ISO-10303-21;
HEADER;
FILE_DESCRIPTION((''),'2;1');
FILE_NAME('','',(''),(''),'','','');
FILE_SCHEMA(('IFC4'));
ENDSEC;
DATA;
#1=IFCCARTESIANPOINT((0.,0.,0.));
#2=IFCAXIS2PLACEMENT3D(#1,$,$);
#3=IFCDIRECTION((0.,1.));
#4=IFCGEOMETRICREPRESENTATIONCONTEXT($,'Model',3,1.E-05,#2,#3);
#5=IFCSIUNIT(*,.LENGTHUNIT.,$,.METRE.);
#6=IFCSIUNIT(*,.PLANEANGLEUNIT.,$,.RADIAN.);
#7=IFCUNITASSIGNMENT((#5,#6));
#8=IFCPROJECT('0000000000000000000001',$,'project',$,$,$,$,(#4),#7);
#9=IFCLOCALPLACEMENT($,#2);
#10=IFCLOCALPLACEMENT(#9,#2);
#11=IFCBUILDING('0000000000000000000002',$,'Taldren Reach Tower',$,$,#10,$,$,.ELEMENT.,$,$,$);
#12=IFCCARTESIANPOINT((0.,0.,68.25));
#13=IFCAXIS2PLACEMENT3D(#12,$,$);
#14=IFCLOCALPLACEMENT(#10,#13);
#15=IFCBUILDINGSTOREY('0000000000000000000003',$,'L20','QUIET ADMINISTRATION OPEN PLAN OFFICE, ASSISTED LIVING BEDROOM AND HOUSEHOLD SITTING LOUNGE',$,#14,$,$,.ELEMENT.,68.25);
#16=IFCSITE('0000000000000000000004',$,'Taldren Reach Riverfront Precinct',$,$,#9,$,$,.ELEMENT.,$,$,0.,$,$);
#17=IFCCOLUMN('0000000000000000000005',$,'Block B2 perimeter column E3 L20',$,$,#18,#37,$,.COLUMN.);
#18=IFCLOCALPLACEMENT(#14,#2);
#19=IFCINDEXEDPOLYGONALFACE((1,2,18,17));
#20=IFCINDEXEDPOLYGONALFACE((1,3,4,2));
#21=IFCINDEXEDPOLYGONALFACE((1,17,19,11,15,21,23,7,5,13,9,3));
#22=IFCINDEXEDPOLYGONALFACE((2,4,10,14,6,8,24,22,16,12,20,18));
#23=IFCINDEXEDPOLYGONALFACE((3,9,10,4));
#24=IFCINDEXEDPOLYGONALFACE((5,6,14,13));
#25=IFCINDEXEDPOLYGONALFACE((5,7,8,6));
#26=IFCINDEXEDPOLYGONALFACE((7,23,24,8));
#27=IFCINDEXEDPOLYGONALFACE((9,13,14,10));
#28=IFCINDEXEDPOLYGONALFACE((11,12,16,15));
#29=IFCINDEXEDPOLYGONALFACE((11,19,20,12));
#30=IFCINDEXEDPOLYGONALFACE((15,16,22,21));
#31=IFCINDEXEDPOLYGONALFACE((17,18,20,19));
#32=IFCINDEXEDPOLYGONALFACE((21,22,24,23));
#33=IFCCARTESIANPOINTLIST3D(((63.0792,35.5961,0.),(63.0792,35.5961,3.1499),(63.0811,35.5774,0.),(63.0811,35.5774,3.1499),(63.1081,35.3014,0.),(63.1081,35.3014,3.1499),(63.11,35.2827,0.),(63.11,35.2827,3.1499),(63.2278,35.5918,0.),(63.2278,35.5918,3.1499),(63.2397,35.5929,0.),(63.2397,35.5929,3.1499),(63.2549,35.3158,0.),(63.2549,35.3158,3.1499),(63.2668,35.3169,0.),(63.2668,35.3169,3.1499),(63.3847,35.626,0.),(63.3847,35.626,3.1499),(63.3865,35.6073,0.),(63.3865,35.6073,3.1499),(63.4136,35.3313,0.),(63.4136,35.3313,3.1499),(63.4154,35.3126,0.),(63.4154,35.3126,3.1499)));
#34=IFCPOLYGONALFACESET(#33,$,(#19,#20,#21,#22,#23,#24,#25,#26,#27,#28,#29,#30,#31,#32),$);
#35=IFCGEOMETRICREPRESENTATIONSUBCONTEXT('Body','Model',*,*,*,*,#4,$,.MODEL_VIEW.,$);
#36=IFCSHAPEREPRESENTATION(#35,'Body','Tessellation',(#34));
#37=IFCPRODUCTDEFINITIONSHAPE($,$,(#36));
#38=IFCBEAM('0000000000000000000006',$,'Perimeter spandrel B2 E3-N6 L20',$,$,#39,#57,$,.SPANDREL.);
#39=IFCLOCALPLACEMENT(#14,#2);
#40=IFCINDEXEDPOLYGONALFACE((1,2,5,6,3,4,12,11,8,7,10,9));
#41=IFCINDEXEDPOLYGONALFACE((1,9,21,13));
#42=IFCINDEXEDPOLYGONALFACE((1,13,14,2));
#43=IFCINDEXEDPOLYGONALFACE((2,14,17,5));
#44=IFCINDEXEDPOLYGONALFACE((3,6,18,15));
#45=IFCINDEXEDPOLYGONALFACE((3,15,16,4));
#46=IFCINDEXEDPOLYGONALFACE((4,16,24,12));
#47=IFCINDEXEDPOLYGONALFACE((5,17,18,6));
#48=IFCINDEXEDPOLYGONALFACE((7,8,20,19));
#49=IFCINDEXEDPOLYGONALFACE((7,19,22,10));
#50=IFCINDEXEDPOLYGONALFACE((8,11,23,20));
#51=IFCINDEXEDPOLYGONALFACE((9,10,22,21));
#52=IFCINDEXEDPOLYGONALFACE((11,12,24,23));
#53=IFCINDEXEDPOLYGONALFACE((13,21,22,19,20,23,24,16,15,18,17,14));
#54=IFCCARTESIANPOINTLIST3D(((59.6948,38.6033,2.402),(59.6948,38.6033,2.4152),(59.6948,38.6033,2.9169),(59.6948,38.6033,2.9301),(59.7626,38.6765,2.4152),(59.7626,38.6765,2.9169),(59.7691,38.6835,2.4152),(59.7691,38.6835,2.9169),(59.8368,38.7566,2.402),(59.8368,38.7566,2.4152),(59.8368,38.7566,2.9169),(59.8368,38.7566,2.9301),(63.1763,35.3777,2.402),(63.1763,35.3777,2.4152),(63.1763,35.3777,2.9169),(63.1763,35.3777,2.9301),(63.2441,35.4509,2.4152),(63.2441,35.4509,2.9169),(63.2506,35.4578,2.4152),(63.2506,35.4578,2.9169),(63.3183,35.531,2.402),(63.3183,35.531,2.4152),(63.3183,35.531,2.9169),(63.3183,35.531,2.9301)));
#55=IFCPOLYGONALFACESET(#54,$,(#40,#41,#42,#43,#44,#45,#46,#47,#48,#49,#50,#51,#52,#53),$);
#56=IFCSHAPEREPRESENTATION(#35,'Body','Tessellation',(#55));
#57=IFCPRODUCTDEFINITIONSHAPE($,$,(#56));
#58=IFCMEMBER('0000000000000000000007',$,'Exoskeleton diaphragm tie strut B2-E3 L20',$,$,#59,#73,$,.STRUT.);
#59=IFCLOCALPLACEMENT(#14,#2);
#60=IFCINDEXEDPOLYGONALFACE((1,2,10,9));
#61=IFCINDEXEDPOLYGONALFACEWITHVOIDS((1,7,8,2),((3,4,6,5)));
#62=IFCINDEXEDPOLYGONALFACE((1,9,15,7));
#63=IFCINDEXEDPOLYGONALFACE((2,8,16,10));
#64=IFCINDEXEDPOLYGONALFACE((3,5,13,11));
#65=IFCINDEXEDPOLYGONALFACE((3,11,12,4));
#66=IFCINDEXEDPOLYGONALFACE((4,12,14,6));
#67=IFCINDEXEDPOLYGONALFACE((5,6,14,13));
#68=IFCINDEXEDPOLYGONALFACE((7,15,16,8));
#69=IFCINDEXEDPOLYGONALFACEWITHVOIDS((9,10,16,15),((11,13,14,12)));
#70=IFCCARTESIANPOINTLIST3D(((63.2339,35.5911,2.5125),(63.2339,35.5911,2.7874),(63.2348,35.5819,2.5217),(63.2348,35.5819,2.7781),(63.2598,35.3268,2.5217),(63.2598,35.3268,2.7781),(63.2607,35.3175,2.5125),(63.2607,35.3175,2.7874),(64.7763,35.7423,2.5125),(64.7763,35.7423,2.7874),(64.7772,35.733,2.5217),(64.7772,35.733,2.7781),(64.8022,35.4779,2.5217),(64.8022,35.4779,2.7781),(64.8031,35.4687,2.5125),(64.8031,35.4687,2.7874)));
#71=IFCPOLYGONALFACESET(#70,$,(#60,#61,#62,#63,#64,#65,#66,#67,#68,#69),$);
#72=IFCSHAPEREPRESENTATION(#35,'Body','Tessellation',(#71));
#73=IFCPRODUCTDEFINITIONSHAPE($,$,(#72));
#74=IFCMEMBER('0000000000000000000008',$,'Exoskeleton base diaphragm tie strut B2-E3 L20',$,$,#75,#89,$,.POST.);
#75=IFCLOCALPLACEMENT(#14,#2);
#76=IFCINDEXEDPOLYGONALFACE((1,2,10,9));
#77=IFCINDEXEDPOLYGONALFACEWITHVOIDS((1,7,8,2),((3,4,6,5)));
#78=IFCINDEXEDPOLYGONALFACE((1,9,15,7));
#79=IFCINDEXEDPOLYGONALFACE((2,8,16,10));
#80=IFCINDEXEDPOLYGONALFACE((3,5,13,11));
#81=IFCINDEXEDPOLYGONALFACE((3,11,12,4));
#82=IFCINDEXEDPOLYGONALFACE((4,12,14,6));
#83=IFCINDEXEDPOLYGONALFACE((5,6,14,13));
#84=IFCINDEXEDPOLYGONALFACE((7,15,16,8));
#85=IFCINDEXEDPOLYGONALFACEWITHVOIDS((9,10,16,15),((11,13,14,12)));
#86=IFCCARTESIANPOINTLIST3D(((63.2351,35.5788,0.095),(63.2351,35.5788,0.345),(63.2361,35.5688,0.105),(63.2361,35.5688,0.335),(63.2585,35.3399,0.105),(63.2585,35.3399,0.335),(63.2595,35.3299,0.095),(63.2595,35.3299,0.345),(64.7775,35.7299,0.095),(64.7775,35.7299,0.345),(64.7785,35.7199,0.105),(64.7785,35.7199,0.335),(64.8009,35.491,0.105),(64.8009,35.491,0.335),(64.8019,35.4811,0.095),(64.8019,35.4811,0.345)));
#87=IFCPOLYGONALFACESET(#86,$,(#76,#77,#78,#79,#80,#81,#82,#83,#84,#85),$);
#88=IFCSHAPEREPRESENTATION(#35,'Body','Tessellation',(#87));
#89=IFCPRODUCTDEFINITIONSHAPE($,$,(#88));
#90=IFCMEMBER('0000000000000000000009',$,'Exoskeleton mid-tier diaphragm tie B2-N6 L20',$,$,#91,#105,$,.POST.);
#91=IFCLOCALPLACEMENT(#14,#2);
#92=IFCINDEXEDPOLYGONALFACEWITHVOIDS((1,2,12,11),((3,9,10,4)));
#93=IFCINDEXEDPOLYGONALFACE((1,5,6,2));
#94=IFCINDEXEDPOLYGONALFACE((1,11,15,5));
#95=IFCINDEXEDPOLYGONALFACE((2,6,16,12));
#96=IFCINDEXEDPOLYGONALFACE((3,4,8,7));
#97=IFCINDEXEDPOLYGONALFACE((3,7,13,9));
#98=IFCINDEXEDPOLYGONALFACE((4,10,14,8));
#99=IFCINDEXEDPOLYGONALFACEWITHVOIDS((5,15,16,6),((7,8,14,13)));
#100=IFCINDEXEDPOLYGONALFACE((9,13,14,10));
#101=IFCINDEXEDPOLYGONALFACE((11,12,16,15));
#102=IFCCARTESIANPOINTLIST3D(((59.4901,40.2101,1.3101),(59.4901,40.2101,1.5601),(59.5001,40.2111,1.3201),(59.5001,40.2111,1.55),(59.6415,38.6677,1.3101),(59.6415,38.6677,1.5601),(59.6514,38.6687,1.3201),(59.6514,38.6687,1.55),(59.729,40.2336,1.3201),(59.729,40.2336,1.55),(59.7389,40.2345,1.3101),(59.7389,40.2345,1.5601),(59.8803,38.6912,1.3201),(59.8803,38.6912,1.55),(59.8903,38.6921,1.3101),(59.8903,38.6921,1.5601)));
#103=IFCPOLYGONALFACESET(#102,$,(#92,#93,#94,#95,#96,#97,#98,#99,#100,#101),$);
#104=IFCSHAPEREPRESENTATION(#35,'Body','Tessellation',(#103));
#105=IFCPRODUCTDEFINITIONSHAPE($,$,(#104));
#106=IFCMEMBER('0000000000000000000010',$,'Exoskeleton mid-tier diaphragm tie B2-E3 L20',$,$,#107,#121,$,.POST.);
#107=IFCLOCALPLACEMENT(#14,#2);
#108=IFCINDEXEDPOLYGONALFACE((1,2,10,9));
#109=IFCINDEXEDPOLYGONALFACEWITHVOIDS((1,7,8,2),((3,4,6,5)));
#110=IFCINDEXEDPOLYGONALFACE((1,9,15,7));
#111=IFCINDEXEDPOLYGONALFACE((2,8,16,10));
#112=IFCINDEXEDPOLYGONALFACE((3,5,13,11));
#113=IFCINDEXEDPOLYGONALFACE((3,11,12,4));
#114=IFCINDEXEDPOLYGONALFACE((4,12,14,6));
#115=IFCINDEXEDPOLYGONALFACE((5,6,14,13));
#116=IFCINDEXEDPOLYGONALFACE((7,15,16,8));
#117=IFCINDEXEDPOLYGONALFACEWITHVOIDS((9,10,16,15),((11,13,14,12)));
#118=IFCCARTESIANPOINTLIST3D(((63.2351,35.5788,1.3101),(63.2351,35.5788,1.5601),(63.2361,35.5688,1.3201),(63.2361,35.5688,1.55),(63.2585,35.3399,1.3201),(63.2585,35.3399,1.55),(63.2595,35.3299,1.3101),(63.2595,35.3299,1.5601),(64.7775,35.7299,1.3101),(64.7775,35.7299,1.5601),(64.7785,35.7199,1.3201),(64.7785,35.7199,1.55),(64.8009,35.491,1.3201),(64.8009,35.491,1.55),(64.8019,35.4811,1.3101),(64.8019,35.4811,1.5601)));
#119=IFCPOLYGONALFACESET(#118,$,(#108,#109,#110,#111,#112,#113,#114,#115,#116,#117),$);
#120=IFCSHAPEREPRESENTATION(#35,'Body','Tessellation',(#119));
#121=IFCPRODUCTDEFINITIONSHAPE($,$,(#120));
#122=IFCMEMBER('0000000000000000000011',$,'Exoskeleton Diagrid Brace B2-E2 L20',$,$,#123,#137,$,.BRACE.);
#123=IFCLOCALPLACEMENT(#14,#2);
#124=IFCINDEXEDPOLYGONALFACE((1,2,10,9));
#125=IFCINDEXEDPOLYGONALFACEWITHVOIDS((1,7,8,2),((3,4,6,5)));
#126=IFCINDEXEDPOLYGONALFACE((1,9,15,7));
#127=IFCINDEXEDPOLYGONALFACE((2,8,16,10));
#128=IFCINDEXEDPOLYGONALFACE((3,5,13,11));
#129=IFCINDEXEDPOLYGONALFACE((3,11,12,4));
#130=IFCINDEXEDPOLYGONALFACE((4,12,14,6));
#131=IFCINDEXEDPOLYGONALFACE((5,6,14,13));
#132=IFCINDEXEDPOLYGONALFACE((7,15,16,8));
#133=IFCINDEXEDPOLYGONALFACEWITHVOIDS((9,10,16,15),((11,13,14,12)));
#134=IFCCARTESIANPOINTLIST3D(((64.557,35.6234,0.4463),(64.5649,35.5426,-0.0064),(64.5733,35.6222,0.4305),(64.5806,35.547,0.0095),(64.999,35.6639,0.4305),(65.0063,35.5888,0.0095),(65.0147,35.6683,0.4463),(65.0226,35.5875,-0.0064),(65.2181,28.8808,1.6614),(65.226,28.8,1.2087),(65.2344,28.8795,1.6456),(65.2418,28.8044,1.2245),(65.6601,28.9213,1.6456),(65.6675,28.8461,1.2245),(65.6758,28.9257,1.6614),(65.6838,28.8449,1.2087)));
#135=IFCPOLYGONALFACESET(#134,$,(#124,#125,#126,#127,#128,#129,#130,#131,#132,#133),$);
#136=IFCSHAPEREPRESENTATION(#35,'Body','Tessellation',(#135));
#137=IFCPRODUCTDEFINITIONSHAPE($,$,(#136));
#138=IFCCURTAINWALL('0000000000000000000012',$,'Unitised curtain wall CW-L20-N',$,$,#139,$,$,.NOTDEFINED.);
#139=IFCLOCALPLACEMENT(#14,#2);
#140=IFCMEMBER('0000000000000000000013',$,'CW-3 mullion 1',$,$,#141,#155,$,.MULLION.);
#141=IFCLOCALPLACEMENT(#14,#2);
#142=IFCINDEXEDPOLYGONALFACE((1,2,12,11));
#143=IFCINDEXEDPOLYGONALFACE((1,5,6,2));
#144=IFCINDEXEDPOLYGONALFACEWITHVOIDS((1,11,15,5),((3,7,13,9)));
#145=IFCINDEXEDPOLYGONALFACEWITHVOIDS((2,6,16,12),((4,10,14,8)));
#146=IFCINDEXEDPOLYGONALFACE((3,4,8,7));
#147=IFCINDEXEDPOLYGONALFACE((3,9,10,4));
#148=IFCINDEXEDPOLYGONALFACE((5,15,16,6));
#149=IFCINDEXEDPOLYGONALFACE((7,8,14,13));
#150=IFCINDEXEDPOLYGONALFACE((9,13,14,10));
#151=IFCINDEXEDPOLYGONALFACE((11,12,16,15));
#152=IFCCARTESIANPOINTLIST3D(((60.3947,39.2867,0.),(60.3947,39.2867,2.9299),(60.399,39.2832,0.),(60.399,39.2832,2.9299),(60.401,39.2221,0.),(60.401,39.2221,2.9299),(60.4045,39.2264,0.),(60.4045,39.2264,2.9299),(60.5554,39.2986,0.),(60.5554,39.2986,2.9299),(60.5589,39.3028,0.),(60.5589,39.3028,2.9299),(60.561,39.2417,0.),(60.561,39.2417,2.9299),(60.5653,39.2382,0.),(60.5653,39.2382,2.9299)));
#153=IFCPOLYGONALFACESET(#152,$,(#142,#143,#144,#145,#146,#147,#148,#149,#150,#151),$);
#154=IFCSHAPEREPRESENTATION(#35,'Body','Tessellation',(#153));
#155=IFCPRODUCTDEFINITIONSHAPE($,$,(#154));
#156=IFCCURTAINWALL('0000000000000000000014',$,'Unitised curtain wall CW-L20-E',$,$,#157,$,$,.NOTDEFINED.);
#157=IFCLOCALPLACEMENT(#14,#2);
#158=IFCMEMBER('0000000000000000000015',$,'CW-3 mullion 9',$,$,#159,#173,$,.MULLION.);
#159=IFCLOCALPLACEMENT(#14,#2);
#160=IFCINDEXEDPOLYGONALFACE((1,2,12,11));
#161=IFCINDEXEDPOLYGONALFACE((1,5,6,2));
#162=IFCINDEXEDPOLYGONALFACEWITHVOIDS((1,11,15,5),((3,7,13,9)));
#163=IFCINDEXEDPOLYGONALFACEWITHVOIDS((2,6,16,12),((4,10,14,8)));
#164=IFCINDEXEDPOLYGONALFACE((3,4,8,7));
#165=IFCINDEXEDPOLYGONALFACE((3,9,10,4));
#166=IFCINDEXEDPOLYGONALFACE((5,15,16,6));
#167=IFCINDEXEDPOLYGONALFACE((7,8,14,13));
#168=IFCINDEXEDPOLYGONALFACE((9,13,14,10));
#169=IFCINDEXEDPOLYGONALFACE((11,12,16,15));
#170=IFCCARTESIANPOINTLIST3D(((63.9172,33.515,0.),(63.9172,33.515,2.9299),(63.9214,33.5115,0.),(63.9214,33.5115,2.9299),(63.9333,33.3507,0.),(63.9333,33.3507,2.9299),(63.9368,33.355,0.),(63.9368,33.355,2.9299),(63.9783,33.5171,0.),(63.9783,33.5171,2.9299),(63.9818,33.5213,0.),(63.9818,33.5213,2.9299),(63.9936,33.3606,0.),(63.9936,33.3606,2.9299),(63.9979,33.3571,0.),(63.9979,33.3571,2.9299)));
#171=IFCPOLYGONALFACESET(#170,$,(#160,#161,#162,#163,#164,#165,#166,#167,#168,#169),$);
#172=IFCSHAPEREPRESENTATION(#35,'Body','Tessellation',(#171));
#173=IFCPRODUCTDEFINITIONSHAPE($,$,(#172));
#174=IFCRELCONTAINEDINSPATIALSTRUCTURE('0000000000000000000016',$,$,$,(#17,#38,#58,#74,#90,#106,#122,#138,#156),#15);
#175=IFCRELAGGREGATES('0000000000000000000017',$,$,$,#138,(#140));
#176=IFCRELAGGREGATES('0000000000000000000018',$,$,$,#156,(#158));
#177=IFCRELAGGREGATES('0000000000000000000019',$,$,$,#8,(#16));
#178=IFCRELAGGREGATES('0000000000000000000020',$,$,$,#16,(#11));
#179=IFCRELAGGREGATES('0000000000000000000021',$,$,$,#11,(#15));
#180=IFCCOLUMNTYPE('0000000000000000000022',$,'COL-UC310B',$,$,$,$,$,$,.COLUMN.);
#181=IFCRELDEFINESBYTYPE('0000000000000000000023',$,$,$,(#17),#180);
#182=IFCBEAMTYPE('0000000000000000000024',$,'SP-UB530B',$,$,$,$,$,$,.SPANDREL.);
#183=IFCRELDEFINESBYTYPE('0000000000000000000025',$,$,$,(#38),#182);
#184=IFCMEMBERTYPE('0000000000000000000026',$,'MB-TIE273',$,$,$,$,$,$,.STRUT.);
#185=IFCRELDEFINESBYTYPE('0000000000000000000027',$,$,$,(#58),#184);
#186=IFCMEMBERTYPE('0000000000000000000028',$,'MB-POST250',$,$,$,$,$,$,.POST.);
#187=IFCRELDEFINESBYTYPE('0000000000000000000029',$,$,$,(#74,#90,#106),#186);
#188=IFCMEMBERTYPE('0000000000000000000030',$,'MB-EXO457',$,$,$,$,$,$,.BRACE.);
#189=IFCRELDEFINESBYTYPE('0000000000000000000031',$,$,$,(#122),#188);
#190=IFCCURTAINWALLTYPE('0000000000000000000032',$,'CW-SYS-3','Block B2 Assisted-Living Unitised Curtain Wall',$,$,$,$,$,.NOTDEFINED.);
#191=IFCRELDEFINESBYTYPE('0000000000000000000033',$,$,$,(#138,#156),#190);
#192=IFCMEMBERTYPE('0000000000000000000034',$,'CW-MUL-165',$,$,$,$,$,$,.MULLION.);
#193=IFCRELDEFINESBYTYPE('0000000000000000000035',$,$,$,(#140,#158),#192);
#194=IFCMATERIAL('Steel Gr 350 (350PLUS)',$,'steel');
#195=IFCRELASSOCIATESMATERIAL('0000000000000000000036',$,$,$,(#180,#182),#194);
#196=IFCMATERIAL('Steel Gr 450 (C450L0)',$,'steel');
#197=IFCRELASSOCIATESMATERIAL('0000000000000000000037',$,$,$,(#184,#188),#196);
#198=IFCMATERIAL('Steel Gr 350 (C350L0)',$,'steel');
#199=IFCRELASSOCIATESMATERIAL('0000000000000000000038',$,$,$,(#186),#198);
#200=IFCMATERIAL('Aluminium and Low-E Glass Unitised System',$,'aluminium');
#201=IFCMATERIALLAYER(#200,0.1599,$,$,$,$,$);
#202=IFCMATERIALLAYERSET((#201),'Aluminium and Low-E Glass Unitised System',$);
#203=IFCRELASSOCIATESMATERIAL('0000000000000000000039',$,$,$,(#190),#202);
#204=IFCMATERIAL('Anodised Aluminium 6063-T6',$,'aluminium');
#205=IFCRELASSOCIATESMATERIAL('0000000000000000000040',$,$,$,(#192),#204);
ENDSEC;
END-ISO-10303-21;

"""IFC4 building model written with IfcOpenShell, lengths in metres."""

from ifc_helpers import new_model, si_unit, direction, frame, origin, origin_2d, place, context, subcontext, project, spatial, hollow_rectangle, i_section, extrude, source, transform, mapped, material, layer, layer_set, material_profile, profile_set, type_object, element, aggregate, save


model = new_model("IFC4")

# Units and contexts
model_context = context("Model", 3, precision=1e-05, world=origin(), true_north=direction((0.0, 1.0)))
body_context = subcontext(model_context, "Body", "Model", "MODEL_VIEW")
ifc_project = project(units=[si_unit("LENGTHUNIT", "METRE"), si_unit("PLANEANGLEUNIT", "RADIAN")], contexts=[model_context])

# Site, building, storey
site_placement = place(None, origin())
site = spatial("IfcSite", under=ifc_project, at=site_placement, Name="Taldren Reach Riverfront Precinct", CompositionType="ELEMENT", RefElevation=0.0)
building_placement = place(site_placement, origin())
building = spatial("IfcBuilding", under=site, at=building_placement, Name="Taldren Reach Tower", CompositionType="ELEMENT")
storey_placement = place(building_placement, frame((0.0, 0.0, 68.25)))
storey = spatial("IfcBuildingStorey", under=building, at=storey_placement, Name="L20", Description="QUIET ADMINISTRATION OPEN PLAN OFFICE, ASSISTED LIVING BEDROOM AND HOUSEHOLD SITTING LOUNGE", CompositionType="ELEMENT", Elevation=68.25)

# Column
ifc_material_1 = material(Name="Steel Gr 350 (350PLUS)", Category="steel")
ifc_material_profile_1 = material_profile(ifc_material_1, i_section(OverallWidth=0.3069, OverallDepth=0.3149, WebThickness=0.012, FlangeThickness=0.0188, at=origin_2d()), Name="310UC118")
ifc_profile_set_1 = profile_set([ifc_material_profile_1], Name="Steel Gr 350 (350PLUS)")
column_type = type_object("IfcColumnType", Name="COL-UC310B", PredefinedType="COLUMN", material=ifc_profile_set_1)
shared_shape_1 = source(origin(), body_context, "Body", "SweptSolid", [
    extrude(i_section(OverallWidth=0.3069, OverallDepth=0.3149, WebThickness=0.012, FlangeThickness=0.0188, at=origin_2d()), origin(), (0.0, 0.0, 1.0), 3.1499),
])
column_placement = place(storey_placement, frame((63.2473, 35.4543, 0.0), z_axis=(0.0, 0.0, 1.0), x_axis=(0.995227, 0.097583, 0.0)))
element("IfcColumn", 1, at=column_placement, inside=storey, type_object=column_type, Name="Block B2 perimeter column E3 L20", PredefinedType="COLUMN", context=body_context, shape_type="MappedRepresentation", body=[
    mapped(shared_shape_1, transform((0.0, 0.0, 0.0), scale=1.0)),
])

# Beam
ifc_material_profile_2 = material_profile(ifc_material_1, i_section(OverallWidth=0.209, OverallDepth=0.5281, WebThickness=0.0095, FlangeThickness=0.0132, at=origin_2d()), Name="530UB82.0")
ifc_profile_set_2 = profile_set([ifc_material_profile_2], Name="Steel Gr 350 (350PLUS)")
beam_type = type_object("IfcBeamType", Name="SP-UB530B", PredefinedType="SPANDREL", material=ifc_profile_set_2)
shared_shape_2 = source(origin(), body_context, "Body", "SweptSolid", [
    extrude(i_section(OverallWidth=0.209, OverallDepth=0.5281, WebThickness=0.0095, FlangeThickness=0.0132, at=origin_2d()), origin(), (0.0, 0.0, 1.0), 4.7461),
])
beam_placement = place(storey_placement, frame((63.2473, 35.4543, 2.666), z_axis=(-0.733548, 0.679638, 0.0), x_axis=(-0.679638, -0.733548, 0.0)))
element("IfcBeam", 2, at=beam_placement, inside=storey, type_object=beam_type, Name="Perimeter spandrel B2 E3-N6 L20", PredefinedType="SPANDREL", context=body_context, shape_type="MappedRepresentation", body=[
    mapped(shared_shape_2, transform((0.0, 0.0, 0.0), scale=1.0)),
])

# Members
ifc_material_2 = material(Name="Steel Gr 450 (C450L0)", Category="steel")
ifc_material_profile_3 = material_profile(ifc_material_2, hollow_rectangle(XDim=0.2749, YDim=0.2749, WallThickness=0.0093, at=origin_2d()), Name="275x275x9.3SHS")
ifc_profile_set_3 = profile_set([ifc_material_profile_3], Name="Steel Gr 450 (C450L0)")
member_type_1 = type_object("IfcMemberType", Name="MB-TIE273", PredefinedType="STRUT", material=ifc_profile_set_3)
shared_shape_3 = source(origin(), body_context, "Body", "SweptSolid", [
    extrude(hollow_rectangle(XDim=0.2749, YDim=0.2749, WallThickness=0.0093, at=origin_2d()), origin(), (0.0, 0.0, 1.0), 1.5498),
])
member_1_placement = place(storey_placement, frame((63.2473, 35.4543, 2.6499), z_axis=(0.995235, 0.097507, 0.0), x_axis=(-0.097507, 0.995235, 0.0)))
element("IfcMember", 3, at=member_1_placement, inside=storey, type_object=member_type_1, Name="Exoskeleton diaphragm tie strut B2-E3 L20", PredefinedType="STRUT", context=body_context, shape_type="MappedRepresentation", body=[
    mapped(shared_shape_3, transform((0.0, 0.0, 0.0), scale=1.0)),
])
ifc_material_3 = material(Name="Steel Gr 350 (C350L0)", Category="steel")
ifc_material_profile_4 = material_profile(ifc_material_3, hollow_rectangle(XDim=0.25, YDim=0.25, WallThickness=0.01, at=origin_2d()), Name="250x250x10.0SHS")
ifc_profile_set_4 = profile_set([ifc_material_profile_4], Name="Steel Gr 350 (C350L0)")
member_type_2 = type_object("IfcMemberType", Name="MB-POST250", PredefinedType="POST", material=ifc_profile_set_4)
shared_shape_4 = source(origin(), body_context, "Body", "SweptSolid", [
    extrude(hollow_rectangle(XDim=0.25, YDim=0.25, WallThickness=0.01, at=origin_2d()), origin(), (0.0, 0.0, 1.0), 1.5498),
])
for number, where, z_axis, x_axis, name in (
    (4, (63.2473, 35.4543, 0.22), (0.995235, 0.097507, 0.0), (-0.097507, 0.995235, 0.0), "Exoskeleton base diaphragm tie strut B2-E3 L20"),
    (5, (59.7659, 38.6799, 1.4351), (-0.097663, 0.99522, 0.0), (-0.99522, -0.097663, 0.0), "Exoskeleton mid-tier diaphragm tie B2-N6 L20"),
    (6, (63.2473, 35.4543, 1.4351), (0.995235, 0.097507, 0.0), (-0.097507, 0.995235, 0.0), "Exoskeleton mid-tier diaphragm tie B2-E3 L20"),
):
    element("IfcMember", number, at=place(storey_placement, frame(where, z_axis=z_axis, x_axis=x_axis)), inside=storey, type_object=member_type_2, Name=name, PredefinedType="POST", context=body_context, shape_type="MappedRepresentation", body=[
        mapped(shared_shape_4, transform((0.0, 0.0, 0.0), scale=1.0)),
    ])
ifc_material_profile_5 = material_profile(ifc_material_2, hollow_rectangle(XDim=0.46, YDim=0.46, WallThickness=0.0161, at=origin_2d()), Name="460x460x16.0SHS")
ifc_profile_set_5 = profile_set([ifc_material_profile_5], Name="Steel Gr 450 (C450L0)")
member_type_3 = type_object("IfcMemberType", Name="MB-EXO457", PredefinedType="BRACE", material=ifc_profile_set_5)
shared_shape_5 = source(origin(), body_context, "Body", "SweptSolid", [
    extrude(hollow_rectangle(XDim=0.46, YDim=0.46, WallThickness=0.0161, at=origin_2d()), origin(), (0.0, 0.0, 1.0), 6.8831),
])
member_2_placement = place(storey_placement, frame((64.7898, 35.6055, 0.22), z_axis=(0.096051, -0.979597, 0.176532), x_axis=(0.995227, 0.097584, 0.0)))
element("IfcMember", 7, at=member_2_placement, inside=storey, type_object=member_type_3, Name="Exoskeleton Diagrid Brace B2-E2 L20", PredefinedType="BRACE", context=body_context, shape_type="MappedRepresentation", body=[
    mapped(shared_shape_5, transform((0.0, 0.0, 0.0), scale=1.0)),
])

# Curtain wall, member
ifc_material_4 = material(Name="Aluminium and Low-E Glass Unitised System", Category="aluminium")
ifc_layer_1 = layer(ifc_material_4, 0.1599)
ifc_layer_set_1 = layer_set([ifc_layer_1], Name="Aluminium and Low-E Glass Unitised System")
curtain_wall_type = type_object("IfcCurtainWallType", Name="CW-SYS-3", Description="Block B2 Assisted-Living Unitised Curtain Wall", PredefinedType="NOTDEFINED", material=ifc_layer_set_1)
curtain_wall_1_placement = place(storey_placement, origin())
curtain_wall_1 = element("IfcCurtainWall", 8, at=curtain_wall_1_placement, inside=storey, type_object=curtain_wall_type, Name="Unitised curtain wall CW-L20-N", PredefinedType="NOTDEFINED")
ifc_material_5 = material(Name="Anodised Aluminium 6063-T6", Category="aluminium")
ifc_material_profile_6 = material_profile(ifc_material_5, hollow_rectangle(XDim=0.0649, YDim=0.165, WallThickness=0.0039, at=origin_2d()), Name="ALU-165x65x4RHS")
ifc_profile_set_6 = profile_set([ifc_material_profile_6], Name="Anodised Aluminium 6063-T6")
member_type_4 = type_object("IfcMemberType", Name="CW-MUL-165", PredefinedType="MULLION", material=ifc_profile_set_6)
shared_shape_6 = source(origin(), body_context, "Body", "SweptSolid", [
    extrude(hollow_rectangle(XDim=0.0649, YDim=0.165, WallThickness=0.0039, at=origin_2d()), origin(), (0.0, 0.0, 1.0), 2.9299),
])
member_3_placement = place(storey_placement, frame((60.48, 39.2625, 0.0), z_axis=(0.0, 0.0, 1.0), x_axis=(0.097583, -0.995227, 0.0)))
member_3 = element("IfcMember", 9, at=member_3_placement, type_object=member_type_4, Name="CW-3 mullion 1", PredefinedType="MULLION", context=body_context, shape_type="MappedRepresentation", body=[
    mapped(shared_shape_6, transform((0.0, 0.0, 0.0), scale=1.0)),
])

# Curtain wall, member
curtain_wall_2_placement = place(storey_placement, origin())
curtain_wall_2 = element("IfcCurtainWall", 10, at=curtain_wall_2_placement, inside=storey, type_object=curtain_wall_type, Name="Unitised curtain wall CW-L20-E", PredefinedType="NOTDEFINED")
member_4_placement = place(storey_placement, frame((63.9575, 33.436, 0.0), z_axis=(0.0, 0.0, 1.0), x_axis=(-0.995227, -0.097583, 0.0)))
member_4 = element("IfcMember", 11, at=member_4_placement, type_object=member_type_4, Name="CW-3 mullion 9", PredefinedType="MULLION", context=body_context, shape_type="MappedRepresentation", body=[
    mapped(shared_shape_6, transform((0.0, 0.0, 0.0), scale=1.0)),
])

aggregate(curtain_wall_1, [member_3])

aggregate(curtain_wall_2, [member_4])

save(model, "model.ifc")
